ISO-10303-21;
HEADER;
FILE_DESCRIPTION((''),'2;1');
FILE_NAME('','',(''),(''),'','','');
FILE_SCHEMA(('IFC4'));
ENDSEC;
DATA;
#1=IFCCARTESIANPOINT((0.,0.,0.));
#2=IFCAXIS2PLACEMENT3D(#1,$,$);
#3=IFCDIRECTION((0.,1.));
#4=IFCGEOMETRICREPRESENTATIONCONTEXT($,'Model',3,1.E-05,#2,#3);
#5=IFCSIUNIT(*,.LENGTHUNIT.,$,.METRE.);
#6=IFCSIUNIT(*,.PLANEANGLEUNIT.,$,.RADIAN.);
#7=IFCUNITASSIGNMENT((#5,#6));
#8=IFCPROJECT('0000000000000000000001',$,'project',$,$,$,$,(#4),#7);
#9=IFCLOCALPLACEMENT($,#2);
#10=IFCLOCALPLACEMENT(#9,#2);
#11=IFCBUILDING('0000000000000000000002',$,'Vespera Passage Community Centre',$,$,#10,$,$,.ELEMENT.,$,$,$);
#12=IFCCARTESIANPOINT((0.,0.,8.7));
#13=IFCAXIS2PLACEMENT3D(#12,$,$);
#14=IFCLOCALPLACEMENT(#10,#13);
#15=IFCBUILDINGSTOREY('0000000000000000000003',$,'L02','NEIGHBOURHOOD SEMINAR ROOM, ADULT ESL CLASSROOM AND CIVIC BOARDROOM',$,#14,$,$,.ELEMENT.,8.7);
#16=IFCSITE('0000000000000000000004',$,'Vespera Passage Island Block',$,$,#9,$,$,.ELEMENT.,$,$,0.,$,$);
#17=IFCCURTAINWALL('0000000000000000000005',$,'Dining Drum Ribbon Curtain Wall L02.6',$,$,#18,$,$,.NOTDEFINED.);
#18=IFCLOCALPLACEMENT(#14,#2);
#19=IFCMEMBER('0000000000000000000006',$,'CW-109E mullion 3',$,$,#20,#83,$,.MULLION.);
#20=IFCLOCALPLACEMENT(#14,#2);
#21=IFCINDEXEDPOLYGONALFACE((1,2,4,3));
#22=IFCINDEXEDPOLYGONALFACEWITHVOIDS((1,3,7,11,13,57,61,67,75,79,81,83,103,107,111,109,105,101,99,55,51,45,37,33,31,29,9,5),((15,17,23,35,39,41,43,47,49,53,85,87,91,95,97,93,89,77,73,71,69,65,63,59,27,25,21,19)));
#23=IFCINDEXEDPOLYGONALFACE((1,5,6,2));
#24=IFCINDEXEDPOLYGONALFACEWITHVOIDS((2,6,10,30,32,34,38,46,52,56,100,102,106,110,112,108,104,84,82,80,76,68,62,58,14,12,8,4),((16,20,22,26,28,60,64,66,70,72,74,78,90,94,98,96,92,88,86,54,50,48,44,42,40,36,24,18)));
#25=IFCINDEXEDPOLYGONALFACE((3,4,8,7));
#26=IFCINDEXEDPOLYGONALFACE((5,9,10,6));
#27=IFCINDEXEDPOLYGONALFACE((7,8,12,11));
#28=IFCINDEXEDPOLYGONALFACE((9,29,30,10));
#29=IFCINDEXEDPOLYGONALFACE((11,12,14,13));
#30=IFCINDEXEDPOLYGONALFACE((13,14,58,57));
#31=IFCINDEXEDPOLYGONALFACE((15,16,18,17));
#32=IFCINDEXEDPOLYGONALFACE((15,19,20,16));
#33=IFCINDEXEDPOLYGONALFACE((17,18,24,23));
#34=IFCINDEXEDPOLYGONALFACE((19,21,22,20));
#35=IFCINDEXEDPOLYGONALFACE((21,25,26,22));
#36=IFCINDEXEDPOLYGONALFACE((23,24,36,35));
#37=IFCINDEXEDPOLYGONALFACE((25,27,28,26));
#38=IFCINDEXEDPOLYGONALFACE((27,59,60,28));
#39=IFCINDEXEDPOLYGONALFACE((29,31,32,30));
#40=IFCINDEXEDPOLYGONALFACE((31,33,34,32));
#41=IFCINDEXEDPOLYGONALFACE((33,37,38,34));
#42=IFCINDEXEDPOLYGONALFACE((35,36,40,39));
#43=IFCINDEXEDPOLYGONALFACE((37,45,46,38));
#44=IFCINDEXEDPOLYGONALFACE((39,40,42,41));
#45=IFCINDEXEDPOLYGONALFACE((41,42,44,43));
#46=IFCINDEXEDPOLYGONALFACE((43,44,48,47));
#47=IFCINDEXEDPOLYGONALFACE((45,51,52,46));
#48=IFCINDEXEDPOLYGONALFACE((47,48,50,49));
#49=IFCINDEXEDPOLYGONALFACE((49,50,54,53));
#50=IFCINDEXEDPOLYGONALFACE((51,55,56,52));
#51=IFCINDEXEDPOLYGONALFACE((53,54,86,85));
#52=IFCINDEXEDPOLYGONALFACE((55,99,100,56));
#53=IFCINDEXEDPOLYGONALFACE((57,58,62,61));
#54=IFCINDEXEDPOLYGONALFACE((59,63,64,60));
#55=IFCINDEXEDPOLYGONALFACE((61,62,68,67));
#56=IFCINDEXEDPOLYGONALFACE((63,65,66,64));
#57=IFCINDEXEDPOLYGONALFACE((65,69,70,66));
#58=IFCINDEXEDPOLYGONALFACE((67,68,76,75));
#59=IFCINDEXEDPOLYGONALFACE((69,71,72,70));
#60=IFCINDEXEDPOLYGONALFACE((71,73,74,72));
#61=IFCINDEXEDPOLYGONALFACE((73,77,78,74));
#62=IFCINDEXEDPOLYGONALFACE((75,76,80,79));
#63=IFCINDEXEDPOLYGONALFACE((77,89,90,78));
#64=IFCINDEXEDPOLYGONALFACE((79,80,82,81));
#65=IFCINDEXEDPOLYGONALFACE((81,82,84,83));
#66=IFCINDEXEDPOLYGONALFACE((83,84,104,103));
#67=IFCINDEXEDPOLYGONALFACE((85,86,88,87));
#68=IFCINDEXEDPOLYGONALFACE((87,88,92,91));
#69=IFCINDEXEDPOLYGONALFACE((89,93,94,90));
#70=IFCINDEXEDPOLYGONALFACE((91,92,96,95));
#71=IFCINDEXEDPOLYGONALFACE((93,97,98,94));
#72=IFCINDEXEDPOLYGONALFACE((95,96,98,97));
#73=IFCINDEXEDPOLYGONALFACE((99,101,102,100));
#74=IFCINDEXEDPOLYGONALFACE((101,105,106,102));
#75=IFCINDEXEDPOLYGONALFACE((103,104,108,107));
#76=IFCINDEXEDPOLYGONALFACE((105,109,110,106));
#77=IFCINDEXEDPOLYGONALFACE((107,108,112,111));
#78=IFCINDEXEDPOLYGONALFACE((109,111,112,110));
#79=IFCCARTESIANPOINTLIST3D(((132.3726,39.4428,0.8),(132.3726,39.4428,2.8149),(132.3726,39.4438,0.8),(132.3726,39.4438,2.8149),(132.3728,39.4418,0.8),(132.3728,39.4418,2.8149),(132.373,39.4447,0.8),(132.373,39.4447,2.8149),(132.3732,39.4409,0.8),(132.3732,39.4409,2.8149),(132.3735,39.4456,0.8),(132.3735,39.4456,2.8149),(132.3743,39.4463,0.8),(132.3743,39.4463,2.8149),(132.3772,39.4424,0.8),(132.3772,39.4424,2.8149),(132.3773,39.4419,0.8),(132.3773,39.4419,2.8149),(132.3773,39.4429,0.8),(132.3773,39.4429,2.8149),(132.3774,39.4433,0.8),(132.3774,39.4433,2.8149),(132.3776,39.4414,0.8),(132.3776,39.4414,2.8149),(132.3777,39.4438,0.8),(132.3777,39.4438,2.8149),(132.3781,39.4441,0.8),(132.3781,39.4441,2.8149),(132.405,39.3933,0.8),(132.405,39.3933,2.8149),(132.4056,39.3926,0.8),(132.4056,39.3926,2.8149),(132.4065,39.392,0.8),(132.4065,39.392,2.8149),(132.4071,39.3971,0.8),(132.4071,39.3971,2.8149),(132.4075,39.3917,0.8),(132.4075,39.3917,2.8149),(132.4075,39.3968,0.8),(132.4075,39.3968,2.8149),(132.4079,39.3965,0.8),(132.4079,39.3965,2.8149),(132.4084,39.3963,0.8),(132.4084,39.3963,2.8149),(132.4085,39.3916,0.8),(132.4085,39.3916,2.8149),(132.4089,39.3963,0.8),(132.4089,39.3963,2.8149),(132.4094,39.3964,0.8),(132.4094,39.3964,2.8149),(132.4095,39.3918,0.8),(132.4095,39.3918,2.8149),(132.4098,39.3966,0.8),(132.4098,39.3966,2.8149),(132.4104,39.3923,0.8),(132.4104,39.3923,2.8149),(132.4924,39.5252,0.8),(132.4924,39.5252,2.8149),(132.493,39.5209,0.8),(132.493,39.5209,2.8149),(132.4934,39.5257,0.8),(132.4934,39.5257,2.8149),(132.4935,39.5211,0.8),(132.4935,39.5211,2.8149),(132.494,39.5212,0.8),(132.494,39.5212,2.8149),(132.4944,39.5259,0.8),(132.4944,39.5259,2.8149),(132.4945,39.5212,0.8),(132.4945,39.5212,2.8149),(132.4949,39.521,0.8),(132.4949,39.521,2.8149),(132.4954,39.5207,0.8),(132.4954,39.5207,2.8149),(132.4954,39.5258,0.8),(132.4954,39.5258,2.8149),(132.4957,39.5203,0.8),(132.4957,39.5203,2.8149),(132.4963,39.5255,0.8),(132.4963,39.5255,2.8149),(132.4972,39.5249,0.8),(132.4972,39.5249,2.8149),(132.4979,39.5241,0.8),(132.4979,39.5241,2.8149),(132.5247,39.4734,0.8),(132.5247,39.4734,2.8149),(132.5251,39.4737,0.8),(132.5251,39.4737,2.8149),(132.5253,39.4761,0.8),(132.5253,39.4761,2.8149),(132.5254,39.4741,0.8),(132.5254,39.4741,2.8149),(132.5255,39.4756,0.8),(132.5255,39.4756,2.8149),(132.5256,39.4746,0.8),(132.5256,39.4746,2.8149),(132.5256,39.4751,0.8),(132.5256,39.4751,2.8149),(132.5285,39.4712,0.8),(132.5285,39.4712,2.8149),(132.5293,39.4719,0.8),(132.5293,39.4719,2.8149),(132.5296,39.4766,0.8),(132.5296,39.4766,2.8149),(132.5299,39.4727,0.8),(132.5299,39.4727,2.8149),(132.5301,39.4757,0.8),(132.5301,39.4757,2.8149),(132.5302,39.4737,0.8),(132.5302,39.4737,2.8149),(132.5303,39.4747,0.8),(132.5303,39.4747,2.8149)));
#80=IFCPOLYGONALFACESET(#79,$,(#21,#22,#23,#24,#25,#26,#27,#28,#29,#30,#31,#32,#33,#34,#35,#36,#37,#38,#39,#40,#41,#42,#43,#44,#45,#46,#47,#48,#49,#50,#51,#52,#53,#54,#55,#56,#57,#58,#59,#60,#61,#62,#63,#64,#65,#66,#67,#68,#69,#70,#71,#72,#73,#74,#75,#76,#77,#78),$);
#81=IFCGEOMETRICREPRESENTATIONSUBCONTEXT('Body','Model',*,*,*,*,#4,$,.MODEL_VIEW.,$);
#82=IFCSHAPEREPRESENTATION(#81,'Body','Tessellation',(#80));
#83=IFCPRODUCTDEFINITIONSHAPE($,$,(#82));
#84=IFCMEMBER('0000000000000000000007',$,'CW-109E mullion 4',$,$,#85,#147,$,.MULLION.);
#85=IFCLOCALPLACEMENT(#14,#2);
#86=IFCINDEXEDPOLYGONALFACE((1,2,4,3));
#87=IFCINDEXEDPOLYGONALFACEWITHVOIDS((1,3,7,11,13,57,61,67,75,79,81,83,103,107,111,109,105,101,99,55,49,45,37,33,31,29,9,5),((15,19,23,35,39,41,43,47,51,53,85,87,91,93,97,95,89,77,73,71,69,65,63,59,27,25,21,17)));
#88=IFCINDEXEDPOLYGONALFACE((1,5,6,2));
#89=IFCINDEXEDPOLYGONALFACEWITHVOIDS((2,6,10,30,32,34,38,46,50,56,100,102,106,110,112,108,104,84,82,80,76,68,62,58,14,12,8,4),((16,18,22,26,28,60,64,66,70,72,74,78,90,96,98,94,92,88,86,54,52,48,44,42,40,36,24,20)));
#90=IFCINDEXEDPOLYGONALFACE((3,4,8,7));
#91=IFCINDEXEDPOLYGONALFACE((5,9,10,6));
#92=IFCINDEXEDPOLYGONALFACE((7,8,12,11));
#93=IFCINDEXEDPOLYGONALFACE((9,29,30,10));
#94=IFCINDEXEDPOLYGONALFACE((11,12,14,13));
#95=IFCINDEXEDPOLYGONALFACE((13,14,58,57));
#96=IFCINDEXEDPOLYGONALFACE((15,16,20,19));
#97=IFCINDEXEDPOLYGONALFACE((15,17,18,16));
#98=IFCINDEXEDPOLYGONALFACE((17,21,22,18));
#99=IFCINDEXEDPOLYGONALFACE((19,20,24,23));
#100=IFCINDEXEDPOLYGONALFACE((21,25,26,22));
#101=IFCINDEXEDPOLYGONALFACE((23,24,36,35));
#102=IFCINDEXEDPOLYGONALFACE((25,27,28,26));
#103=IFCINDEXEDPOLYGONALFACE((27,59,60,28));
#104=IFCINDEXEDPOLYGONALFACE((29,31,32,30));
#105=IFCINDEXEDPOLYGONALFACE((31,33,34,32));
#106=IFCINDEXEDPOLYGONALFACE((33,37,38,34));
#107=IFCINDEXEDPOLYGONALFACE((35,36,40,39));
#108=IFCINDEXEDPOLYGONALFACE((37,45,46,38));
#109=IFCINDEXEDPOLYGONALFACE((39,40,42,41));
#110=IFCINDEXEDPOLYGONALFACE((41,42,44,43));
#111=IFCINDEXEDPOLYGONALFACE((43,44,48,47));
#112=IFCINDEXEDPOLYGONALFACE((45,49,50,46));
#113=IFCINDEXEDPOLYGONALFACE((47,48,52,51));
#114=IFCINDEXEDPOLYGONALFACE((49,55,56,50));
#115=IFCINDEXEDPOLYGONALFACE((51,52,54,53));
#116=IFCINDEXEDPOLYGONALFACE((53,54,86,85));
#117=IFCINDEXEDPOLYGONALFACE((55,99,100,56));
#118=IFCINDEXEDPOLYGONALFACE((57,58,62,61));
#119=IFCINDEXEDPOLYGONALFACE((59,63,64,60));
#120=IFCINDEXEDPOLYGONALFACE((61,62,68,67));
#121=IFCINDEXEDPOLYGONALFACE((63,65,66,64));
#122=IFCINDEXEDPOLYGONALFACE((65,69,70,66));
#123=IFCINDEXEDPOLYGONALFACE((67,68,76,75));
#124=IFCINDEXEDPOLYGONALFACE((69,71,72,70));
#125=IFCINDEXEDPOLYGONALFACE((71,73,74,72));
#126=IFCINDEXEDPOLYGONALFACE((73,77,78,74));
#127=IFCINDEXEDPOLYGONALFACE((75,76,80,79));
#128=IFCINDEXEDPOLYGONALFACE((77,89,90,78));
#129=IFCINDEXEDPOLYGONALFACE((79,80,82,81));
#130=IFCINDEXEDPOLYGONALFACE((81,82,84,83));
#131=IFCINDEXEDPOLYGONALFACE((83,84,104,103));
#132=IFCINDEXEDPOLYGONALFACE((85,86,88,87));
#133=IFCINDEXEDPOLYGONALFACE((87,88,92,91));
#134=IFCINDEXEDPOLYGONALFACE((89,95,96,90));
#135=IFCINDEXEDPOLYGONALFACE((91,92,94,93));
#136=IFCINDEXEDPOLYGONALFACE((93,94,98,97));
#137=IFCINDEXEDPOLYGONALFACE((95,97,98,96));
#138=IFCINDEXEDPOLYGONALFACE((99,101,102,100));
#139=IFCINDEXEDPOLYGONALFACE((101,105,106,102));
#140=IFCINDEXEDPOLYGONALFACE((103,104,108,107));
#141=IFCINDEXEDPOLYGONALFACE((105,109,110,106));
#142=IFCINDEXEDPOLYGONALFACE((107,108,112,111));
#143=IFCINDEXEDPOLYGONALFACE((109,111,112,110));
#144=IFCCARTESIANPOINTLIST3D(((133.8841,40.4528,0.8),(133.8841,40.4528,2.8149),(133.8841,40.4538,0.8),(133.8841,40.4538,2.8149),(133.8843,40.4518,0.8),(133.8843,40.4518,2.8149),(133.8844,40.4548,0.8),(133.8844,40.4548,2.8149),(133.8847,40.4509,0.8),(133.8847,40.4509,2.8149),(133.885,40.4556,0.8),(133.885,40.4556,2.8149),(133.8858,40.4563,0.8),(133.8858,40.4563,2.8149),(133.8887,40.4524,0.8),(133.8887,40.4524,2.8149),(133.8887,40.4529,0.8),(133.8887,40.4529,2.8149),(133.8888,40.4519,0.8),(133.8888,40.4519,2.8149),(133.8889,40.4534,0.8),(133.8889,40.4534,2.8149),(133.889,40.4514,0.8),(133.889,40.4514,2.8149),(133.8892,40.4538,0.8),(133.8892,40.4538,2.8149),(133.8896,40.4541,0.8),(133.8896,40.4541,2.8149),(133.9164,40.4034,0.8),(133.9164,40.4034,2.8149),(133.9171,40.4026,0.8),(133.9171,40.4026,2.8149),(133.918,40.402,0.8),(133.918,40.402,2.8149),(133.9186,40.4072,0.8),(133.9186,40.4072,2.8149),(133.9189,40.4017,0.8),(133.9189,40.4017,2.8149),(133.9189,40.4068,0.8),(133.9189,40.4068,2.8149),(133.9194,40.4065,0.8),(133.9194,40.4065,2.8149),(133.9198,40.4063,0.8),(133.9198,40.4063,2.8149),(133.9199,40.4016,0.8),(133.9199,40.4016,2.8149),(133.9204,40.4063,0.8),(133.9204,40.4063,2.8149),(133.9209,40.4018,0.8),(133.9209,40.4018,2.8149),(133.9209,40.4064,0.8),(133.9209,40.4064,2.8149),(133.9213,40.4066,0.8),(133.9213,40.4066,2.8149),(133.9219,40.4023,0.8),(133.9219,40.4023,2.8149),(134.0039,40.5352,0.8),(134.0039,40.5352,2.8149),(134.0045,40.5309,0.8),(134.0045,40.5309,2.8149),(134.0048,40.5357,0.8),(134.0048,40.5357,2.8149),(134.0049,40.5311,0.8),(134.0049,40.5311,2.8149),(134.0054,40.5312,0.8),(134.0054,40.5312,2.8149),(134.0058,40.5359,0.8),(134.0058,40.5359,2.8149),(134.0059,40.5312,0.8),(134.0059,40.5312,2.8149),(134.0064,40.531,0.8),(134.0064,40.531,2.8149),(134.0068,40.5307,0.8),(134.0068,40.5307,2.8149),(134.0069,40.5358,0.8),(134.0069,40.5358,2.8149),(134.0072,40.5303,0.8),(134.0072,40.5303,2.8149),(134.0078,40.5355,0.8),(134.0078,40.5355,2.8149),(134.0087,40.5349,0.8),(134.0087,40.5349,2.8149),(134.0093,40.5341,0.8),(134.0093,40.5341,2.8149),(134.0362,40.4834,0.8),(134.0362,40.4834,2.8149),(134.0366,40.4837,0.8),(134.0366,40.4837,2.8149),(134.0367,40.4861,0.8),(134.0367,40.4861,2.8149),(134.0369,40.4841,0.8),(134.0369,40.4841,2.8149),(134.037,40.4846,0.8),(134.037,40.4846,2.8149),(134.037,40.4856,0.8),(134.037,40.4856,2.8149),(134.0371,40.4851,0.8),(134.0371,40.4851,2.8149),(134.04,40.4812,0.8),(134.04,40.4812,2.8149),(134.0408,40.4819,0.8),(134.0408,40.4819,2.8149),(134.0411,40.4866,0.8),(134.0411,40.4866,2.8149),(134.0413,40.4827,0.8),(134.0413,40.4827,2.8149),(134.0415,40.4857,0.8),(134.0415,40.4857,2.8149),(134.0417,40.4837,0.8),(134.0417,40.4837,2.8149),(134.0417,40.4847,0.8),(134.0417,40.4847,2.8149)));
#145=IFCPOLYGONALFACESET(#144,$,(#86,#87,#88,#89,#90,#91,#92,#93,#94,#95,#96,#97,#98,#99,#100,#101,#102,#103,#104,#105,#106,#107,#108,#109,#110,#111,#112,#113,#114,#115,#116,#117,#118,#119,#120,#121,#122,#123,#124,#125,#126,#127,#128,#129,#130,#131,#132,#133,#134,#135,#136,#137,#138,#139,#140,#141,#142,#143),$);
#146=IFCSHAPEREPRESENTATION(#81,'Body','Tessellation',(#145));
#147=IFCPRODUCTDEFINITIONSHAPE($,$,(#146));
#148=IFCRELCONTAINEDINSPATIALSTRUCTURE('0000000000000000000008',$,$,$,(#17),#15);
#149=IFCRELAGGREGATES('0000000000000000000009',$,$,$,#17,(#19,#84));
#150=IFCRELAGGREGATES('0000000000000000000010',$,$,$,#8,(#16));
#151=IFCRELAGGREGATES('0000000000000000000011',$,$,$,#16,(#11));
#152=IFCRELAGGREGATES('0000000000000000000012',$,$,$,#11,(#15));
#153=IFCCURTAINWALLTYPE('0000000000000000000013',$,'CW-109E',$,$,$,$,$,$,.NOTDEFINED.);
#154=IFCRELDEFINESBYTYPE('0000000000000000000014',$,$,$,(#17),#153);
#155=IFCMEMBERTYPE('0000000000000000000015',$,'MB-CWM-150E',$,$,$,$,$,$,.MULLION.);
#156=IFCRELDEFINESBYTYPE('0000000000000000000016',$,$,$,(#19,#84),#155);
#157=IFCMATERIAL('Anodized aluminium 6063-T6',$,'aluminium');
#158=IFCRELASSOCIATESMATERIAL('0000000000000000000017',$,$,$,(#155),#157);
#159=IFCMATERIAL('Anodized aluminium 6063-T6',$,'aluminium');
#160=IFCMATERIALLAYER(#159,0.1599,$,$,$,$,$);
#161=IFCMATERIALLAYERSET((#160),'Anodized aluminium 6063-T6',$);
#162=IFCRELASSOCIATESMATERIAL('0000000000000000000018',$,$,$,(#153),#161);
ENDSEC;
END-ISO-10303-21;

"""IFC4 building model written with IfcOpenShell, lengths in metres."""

from ifc_helpers import new_model, si_unit, direction, frame, origin, origin_2d, place, context, subcontext, project, spatial, hollow_rectangle, extrude, material, layer, layer_set, material_profile, profile_set, type_object, element, aggregate, save


model = new_model("IFC4")

# Units and contexts
model_context = context("Model", 3, precision=1e-05, world=origin(), true_north=direction((0.0, 1.0)))
body_context = subcontext(model_context, "Body", "Model", "MODEL_VIEW")
ifc_project = project(units=[si_unit("LENGTHUNIT", "METRE"), si_unit("PLANEANGLEUNIT", "RADIAN")], contexts=[model_context])

# Site, building, storey
site_placement = place(None, origin())
site = spatial("IfcSite", under=ifc_project, at=site_placement, Name="Vespera Passage Island Block", CompositionType="ELEMENT", RefElevation=0.0)
building_placement = place(site_placement, origin())
building = spatial("IfcBuilding", under=site, at=building_placement, Name="Vespera Passage Community Centre", CompositionType="ELEMENT")
storey_placement = place(building_placement, frame((0.0, 0.0, 8.7)))
storey = spatial("IfcBuildingStorey", under=building, at=storey_placement, Name="L02", Description="NEIGHBOURHOOD SEMINAR ROOM, ADULT ESL CLASSROOM AND CIVIC BOARDROOM", CompositionType="ELEMENT", Elevation=8.7)

# Curtain wall, members
ifc_material_1 = material(Name="Anodized aluminium 6063-T6", Category="aluminium")
ifc_material_profile_1 = material_profile(ifc_material_1, hollow_rectangle(XDim=0.0649, YDim=0.1499, WallThickness=0.0039, InnerFilletRadius=0.002, OuterFilletRadius=0.0039, at=origin_2d()), Name="ALU150X65X4")
ifc_profile_set_1 = profile_set([ifc_material_profile_1], Name="Anodized aluminium 6063-T6")
member_type_1 = type_object("IfcMemberType", Name="MB-CWM-150E", PredefinedType="MULLION", material=ifc_profile_set_1)
ifc_material_2 = material(Name="Anodized aluminium 6063-T6", Category="aluminium")
ifc_layer_1 = layer(ifc_material_2, 0.1599)
ifc_layer_set_1 = layer_set([ifc_layer_1], Name="Anodized aluminium 6063-T6")
curtain_wall_type_1 = type_object("IfcCurtainWallType", Name="CW-109E", PredefinedType="NOTDEFINED", material=ifc_layer_set_1)
curtain_wall_1_placement = place(storey_placement, origin())
curtain_wall_1 = element("IfcCurtainWall", 1, at=curtain_wall_1_placement, inside=storey, type_object=curtain_wall_type_1, Name="Dining Drum Ribbon Curtain Wall L02.6", PredefinedType="NOTDEFINED")
member_1_placement = place(storey_placement, frame((132.4514, 39.4587, 0.8), z_axis=(0.0, 0.0, 1.0), x_axis=(-0.555565, 0.831473, 0.0)))
member_1 = element("IfcMember", 2, at=member_1_placement, type_object=member_type_1, Name="CW-109E mullion 3", PredefinedType="MULLION", context=body_context, shape_type="SweptSolid", body=[
    extrude(hollow_rectangle(XDim=0.0649, YDim=0.1499, WallThickness=0.0039, InnerFilletRadius=0.002, OuterFilletRadius=0.0039, at=origin_2d()), origin(), (0.0, 0.0, 1.0), 2.0149),
])
member_2_placement = place(storey_placement, frame((133.9629, 40.4688, 0.8), z_axis=(0.0, 0.0, 1.0), x_axis=(-0.555565, 0.831473, 0.0)))
member_2 = element("IfcMember", 3, at=member_2_placement, type_object=member_type_1, Name="CW-109E mullion 4", PredefinedType="MULLION", context=body_context, shape_type="SweptSolid", body=[
    extrude(hollow_rectangle(XDim=0.0649, YDim=0.1499, WallThickness=0.0039, InnerFilletRadius=0.002, OuterFilletRadius=0.0039, at=origin_2d()), origin(), (0.0, 0.0, 1.0), 2.0149),
])

aggregate(curtain_wall_1, [member_1, member_2])

save(model, "model.ifc")
